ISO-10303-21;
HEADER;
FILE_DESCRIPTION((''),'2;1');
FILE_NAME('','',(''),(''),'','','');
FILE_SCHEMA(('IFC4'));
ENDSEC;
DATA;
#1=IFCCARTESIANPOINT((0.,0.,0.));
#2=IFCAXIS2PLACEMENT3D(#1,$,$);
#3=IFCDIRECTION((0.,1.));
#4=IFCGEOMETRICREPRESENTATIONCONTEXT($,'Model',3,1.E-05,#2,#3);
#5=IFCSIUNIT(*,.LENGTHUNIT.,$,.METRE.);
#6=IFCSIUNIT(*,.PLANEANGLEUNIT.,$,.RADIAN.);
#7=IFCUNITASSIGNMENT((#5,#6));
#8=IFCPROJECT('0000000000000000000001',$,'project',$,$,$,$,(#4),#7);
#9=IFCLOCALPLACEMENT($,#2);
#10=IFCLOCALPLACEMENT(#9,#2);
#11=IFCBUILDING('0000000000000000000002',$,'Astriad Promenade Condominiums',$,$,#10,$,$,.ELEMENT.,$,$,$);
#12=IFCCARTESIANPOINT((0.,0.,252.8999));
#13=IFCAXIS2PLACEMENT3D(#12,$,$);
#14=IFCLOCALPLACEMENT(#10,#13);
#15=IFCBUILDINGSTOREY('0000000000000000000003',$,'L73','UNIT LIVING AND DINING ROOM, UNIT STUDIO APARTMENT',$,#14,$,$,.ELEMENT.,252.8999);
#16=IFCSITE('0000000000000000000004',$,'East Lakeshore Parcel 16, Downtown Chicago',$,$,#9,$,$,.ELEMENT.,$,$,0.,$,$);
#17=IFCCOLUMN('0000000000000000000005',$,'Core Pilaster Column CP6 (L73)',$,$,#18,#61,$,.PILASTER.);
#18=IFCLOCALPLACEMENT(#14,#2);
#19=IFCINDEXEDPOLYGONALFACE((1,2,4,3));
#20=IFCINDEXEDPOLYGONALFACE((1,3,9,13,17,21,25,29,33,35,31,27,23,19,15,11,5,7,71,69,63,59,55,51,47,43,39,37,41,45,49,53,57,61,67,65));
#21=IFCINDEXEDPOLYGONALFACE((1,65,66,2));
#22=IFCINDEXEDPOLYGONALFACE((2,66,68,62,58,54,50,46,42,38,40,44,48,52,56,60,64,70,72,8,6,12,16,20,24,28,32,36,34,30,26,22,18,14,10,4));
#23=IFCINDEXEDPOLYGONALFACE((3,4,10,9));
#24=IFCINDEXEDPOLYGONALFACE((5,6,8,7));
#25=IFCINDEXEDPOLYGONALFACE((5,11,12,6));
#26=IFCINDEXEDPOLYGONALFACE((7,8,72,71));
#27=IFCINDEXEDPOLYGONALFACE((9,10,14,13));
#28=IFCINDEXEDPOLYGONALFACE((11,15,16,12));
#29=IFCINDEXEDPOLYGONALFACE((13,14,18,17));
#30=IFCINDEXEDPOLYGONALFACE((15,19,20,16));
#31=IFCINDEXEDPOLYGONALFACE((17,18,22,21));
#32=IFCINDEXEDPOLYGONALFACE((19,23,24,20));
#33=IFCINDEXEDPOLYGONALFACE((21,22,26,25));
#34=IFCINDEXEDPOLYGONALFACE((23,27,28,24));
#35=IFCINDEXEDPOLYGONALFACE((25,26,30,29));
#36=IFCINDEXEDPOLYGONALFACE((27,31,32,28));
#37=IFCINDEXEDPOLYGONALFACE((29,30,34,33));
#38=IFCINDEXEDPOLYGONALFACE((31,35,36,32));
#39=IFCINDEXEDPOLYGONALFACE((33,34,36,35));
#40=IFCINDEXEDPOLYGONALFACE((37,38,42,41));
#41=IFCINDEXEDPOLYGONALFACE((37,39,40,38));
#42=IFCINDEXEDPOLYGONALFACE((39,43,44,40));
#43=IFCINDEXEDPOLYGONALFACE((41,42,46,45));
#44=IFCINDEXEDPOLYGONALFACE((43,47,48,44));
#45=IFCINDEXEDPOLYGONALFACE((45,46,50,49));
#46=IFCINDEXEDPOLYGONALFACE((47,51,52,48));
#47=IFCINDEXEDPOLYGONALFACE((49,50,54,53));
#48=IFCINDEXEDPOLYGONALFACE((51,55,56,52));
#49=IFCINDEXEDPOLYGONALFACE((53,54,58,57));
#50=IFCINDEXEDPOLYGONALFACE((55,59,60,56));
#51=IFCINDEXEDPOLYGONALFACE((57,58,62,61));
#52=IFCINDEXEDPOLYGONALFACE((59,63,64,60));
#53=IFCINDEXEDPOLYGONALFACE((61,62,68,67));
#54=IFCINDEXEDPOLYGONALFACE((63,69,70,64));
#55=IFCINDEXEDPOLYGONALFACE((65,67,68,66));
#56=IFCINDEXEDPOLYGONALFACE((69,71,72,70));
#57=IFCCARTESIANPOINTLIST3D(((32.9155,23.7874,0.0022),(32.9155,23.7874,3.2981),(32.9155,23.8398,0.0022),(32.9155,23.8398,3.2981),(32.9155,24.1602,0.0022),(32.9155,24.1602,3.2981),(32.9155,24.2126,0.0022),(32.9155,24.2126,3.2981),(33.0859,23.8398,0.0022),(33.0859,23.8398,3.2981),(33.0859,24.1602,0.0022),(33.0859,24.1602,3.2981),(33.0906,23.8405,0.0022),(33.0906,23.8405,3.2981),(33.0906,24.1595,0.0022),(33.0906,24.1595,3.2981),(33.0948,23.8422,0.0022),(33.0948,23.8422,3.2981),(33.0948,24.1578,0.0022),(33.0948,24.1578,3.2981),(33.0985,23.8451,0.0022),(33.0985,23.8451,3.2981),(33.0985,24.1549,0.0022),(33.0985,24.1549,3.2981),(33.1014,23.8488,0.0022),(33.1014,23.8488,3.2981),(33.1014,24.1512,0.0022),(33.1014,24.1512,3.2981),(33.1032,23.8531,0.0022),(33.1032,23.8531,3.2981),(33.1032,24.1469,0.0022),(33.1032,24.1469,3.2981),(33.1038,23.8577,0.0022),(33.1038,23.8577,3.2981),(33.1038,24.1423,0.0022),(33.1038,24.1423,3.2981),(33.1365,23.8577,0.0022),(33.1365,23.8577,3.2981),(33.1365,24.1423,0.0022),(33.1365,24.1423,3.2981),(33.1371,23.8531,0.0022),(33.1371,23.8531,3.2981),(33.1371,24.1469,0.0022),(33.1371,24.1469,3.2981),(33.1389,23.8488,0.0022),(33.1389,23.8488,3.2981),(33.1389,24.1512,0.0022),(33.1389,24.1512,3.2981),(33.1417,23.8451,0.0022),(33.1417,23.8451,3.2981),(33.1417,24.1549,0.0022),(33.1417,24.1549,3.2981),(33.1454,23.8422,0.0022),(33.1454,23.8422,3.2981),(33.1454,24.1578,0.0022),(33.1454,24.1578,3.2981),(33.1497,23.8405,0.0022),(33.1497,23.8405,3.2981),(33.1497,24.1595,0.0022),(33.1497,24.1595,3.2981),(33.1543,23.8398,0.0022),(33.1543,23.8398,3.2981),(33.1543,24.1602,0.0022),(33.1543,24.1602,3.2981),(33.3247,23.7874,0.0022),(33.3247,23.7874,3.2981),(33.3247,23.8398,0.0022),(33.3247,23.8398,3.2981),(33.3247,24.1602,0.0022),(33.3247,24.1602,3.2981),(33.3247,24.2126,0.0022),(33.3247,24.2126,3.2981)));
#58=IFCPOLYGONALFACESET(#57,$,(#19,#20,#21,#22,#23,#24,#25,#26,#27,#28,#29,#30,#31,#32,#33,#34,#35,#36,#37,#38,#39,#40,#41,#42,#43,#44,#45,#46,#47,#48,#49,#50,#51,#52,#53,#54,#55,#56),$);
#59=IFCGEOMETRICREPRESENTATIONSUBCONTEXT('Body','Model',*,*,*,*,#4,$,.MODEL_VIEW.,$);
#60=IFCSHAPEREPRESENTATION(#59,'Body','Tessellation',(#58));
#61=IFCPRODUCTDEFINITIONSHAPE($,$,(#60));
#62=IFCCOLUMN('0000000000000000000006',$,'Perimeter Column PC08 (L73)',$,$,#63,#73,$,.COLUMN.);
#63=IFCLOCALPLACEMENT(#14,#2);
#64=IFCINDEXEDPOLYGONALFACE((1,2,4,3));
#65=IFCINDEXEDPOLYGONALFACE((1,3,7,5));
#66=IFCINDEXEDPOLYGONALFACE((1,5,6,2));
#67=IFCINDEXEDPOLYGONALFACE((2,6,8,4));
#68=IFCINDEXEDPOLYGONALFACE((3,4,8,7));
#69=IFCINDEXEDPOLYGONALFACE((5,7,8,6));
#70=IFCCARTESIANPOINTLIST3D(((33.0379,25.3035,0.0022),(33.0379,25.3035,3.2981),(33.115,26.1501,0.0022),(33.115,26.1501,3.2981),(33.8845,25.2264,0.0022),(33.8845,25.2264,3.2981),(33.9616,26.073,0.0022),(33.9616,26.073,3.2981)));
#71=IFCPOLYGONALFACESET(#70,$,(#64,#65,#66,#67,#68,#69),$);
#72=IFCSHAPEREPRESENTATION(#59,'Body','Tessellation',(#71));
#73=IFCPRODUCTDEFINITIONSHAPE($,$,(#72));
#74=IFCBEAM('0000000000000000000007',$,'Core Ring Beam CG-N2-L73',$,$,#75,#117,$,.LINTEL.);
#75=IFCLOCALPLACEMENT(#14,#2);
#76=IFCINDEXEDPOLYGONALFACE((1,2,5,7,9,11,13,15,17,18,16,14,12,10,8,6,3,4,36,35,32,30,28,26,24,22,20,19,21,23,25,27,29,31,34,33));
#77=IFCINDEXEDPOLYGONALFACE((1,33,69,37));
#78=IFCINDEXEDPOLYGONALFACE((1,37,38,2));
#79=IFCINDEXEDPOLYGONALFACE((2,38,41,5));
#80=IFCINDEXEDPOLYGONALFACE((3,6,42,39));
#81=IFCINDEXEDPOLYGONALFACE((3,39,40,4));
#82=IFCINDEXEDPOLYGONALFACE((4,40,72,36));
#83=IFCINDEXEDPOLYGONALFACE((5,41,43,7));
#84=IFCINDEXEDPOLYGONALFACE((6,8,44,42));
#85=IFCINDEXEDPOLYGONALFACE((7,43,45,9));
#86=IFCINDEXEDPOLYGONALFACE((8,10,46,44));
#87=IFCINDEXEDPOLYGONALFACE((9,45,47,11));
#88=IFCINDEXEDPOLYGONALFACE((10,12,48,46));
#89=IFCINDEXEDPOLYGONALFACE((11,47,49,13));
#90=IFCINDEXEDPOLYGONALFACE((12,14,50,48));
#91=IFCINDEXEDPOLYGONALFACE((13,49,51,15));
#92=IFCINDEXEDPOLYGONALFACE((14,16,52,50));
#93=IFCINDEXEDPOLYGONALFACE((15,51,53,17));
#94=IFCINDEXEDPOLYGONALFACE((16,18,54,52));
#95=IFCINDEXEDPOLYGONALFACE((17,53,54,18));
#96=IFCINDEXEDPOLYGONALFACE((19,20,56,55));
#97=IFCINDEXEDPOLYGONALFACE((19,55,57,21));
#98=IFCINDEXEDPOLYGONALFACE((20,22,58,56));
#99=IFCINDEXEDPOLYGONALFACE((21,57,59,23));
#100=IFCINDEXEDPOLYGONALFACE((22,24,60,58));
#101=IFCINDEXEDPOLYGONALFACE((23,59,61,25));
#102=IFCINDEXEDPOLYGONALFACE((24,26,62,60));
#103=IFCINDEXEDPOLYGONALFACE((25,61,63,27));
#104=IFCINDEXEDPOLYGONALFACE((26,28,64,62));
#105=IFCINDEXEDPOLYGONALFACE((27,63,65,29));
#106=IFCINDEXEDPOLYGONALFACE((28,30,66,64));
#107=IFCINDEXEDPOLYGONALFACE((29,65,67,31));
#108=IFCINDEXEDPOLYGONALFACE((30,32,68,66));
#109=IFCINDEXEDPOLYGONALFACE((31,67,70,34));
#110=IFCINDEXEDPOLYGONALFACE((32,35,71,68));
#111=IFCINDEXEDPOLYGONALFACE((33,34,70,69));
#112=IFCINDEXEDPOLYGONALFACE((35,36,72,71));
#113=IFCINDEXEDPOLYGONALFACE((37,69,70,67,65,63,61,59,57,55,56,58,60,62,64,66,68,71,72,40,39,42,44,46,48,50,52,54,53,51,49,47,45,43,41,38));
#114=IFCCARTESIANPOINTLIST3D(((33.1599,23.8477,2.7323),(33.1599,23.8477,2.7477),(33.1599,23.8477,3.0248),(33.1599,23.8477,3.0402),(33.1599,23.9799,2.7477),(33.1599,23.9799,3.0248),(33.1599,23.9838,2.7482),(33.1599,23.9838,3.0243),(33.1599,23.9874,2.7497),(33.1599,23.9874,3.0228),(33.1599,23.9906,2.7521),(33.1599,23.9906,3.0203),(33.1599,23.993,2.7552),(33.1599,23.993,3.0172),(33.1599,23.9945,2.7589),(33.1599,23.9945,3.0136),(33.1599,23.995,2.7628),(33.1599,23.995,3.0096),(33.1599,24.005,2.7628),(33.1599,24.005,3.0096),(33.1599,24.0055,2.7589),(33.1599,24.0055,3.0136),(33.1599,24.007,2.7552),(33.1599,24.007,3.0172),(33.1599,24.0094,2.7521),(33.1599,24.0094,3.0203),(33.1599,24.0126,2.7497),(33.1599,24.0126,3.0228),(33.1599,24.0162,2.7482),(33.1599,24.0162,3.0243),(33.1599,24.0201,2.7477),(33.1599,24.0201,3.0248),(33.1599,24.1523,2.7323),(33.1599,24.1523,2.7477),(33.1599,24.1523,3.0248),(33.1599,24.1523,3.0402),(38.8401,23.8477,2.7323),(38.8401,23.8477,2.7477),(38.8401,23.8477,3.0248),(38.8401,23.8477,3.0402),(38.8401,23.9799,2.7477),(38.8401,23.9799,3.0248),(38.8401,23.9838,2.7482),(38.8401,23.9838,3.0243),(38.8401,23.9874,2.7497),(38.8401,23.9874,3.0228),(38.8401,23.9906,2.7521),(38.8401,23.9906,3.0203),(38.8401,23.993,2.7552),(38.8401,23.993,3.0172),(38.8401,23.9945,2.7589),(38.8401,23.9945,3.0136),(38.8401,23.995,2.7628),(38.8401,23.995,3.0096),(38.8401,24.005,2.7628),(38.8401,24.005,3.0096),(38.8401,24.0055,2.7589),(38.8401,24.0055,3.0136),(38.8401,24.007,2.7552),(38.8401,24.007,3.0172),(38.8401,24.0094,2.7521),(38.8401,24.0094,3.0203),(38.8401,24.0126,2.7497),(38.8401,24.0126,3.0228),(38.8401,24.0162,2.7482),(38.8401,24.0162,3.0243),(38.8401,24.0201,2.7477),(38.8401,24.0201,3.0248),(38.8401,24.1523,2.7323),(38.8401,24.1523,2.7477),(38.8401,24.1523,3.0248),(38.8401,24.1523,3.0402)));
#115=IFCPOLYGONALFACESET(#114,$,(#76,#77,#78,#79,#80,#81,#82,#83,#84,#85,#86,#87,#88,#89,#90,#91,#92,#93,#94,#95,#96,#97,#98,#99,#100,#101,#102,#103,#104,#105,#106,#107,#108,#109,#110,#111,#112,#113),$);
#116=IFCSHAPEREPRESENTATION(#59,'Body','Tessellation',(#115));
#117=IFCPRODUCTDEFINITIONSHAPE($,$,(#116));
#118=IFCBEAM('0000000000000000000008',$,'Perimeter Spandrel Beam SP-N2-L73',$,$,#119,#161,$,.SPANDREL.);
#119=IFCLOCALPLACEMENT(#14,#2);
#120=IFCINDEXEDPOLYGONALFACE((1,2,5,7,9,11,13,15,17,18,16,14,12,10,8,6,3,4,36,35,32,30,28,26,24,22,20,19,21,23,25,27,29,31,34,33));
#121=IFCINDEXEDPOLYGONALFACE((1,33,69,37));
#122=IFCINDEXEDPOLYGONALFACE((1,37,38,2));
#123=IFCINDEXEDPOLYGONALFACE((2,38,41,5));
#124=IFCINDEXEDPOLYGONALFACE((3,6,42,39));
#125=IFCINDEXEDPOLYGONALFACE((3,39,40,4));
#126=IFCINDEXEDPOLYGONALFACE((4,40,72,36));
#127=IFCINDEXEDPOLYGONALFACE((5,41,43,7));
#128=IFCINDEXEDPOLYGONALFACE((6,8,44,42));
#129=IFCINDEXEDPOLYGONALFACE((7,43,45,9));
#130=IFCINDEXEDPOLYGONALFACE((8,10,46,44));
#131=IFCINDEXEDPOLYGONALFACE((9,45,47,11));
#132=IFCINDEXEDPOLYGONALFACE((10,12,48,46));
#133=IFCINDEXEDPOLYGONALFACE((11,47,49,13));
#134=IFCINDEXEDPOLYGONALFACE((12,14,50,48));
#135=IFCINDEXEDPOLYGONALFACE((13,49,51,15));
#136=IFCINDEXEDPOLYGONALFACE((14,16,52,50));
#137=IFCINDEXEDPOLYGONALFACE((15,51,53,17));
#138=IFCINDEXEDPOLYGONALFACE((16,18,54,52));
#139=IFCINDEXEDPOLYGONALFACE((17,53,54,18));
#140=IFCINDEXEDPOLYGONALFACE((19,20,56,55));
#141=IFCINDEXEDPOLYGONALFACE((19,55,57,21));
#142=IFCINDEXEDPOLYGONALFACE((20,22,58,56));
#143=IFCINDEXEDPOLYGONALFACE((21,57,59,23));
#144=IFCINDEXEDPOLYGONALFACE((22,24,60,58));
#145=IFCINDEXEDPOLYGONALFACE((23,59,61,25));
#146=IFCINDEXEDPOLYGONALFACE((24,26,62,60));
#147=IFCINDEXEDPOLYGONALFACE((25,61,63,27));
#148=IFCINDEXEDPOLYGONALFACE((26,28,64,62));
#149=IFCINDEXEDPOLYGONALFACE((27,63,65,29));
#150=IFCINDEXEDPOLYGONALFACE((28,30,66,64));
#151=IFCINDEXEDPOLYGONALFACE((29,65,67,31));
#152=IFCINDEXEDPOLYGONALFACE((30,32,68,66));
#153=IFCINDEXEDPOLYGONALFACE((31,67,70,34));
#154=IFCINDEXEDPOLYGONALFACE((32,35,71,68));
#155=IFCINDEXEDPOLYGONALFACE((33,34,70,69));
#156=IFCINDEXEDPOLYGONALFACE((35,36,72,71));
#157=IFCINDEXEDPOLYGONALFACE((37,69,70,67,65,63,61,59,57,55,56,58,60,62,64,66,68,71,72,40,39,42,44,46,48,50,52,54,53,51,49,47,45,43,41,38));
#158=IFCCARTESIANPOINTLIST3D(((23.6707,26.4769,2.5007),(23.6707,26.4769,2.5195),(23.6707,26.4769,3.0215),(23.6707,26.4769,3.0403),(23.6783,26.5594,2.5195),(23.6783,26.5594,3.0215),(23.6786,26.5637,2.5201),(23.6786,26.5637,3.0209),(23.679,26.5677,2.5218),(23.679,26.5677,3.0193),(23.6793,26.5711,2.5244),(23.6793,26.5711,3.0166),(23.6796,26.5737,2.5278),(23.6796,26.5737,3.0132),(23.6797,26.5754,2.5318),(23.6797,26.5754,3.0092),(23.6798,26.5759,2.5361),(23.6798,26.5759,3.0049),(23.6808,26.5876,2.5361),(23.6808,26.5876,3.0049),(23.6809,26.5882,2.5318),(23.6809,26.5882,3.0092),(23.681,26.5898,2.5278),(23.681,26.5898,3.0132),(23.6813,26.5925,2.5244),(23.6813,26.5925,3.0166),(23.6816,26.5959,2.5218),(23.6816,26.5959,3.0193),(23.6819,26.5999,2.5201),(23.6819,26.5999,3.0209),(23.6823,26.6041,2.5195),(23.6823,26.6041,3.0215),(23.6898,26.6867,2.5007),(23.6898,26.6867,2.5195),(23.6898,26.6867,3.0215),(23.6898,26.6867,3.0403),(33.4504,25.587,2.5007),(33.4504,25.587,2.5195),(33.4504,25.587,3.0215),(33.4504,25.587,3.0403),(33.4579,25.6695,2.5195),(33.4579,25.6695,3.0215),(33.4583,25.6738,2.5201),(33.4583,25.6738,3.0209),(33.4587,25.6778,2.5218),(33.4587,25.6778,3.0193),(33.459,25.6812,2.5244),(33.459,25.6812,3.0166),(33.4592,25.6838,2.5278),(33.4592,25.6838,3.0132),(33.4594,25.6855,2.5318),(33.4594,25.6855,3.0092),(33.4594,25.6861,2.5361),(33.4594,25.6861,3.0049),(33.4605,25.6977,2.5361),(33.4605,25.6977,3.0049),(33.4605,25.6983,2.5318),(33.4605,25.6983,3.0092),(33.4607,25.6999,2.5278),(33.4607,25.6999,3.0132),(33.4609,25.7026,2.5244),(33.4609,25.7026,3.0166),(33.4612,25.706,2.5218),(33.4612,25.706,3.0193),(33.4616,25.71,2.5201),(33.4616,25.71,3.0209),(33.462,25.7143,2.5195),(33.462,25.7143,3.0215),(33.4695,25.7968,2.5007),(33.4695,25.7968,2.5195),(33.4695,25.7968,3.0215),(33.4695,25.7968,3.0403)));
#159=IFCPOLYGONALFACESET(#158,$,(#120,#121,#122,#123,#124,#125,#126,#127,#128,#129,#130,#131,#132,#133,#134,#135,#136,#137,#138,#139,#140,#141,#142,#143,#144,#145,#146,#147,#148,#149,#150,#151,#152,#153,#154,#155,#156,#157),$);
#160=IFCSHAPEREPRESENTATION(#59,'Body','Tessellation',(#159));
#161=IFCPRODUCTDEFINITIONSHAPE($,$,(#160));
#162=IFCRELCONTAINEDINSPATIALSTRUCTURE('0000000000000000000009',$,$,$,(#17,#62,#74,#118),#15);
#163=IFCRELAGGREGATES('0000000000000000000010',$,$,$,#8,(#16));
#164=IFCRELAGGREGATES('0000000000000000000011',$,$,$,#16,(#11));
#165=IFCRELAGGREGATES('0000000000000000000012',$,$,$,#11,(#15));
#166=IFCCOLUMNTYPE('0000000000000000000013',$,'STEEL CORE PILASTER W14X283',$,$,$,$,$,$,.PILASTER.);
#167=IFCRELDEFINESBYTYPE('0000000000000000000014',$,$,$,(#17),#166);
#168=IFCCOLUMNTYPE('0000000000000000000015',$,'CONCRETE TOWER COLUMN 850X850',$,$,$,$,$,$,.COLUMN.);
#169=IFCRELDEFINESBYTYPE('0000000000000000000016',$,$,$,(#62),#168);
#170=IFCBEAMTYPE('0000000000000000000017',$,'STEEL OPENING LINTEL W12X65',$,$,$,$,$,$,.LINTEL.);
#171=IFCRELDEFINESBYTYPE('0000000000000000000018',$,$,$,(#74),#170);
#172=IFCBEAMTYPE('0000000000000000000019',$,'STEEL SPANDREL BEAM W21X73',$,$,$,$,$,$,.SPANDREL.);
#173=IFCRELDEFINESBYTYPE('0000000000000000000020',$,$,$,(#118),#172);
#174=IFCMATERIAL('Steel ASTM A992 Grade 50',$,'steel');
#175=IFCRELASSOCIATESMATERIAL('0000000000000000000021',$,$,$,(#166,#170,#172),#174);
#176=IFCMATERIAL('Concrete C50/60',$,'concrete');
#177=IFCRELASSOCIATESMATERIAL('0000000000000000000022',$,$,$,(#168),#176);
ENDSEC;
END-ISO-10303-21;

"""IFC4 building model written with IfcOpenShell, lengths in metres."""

from ifc_helpers import new_model, si_unit, direction, frame, origin, origin_2d, place, context, subcontext, project, spatial, rectangle, i_section, extrude, source, transform, mapped, material, material_profile, profile_set, type_object, type_shapes, element, save


model = new_model("IFC4")

# Units and contexts
model_context = context("Model", 3, precision=1e-05, world=origin(), true_north=direction((0.0, 1.0)))
body_context = subcontext(model_context, "Body", "Model", "MODEL_VIEW")
ifc_project = project(units=[si_unit("LENGTHUNIT", "METRE"), si_unit("PLANEANGLEUNIT", "RADIAN")], contexts=[model_context])

# Site, building, storey
site_placement = place(None, origin())
site = spatial("IfcSite", under=ifc_project, at=site_placement, Name="East Lakeshore Parcel 16, Downtown Chicago", CompositionType="ELEMENT", RefElevation=0.0)
building_placement = place(site_placement, origin())
building = spatial("IfcBuilding", under=site, at=building_placement, Name="Astriad Promenade Condominiums", CompositionType="ELEMENT")
storey_placement = place(building_placement, frame((0.0, 0.0, 252.8999)))
storey = spatial("IfcBuildingStorey", under=building, at=storey_placement, Name="L73", Description="UNIT LIVING AND DINING ROOM, UNIT STUDIO APARTMENT", CompositionType="ELEMENT", Elevation=252.8999)

# Columns
ifc_material_1 = material(Name="Steel ASTM A992 Grade 50", Category="steel")
ifc_material_profile_1 = material_profile(ifc_material_1, i_section(OverallWidth=0.4092, OverallDepth=0.4253, WebThickness=0.0327, FlangeThickness=0.0525, FilletRadius=0.0178, at=origin_2d()), Name="W14X283")
ifc_profile_set_1 = profile_set([ifc_material_profile_1], Name="Steel ASTM A992 Grade 50")
column_type_1 = type_object("IfcColumnType", Name="STEEL CORE PILASTER W14X283", PredefinedType="PILASTER", material=ifc_profile_set_1)
shared_shape_1 = source(origin(), body_context, "Body", "SweptSolid", [
    extrude(i_section(OverallWidth=0.4092, OverallDepth=0.4253, WebThickness=0.0327, FlangeThickness=0.0525, FilletRadius=0.0178, at=origin_2d()), origin(), (0.0, 0.0, 1.0), 3.2959),
])
type_shapes(column_type_1, [shared_shape_1])
column_1_placement = place(storey_placement, frame((33.1201, 24.0, 0.0022), z_axis=(0.0, 0.0, 1.0), x_axis=(1.0, 0.0, 0.0)))
element("IfcColumn", 1, at=column_1_placement, inside=storey, type_object=column_type_1, Name="Core Pilaster Column CP6 (L73)", PredefinedType="PILASTER", context=body_context, shape_type="MappedRepresentation", body=[
    mapped(shared_shape_1, transform((0.0, 0.0, 0.0), scale=1.0)),
])
ifc_material_2 = material(Name="Concrete C50/60", Category="concrete")
ifc_material_profile_2 = material_profile(ifc_material_2, rectangle(XDim=0.8501, YDim=0.8501, at=origin_2d()), Name="RC-COL-850X850")
ifc_profile_set_2 = profile_set([ifc_material_profile_2], Name="Concrete C50/60")
column_type_2 = type_object("IfcColumnType", Name="CONCRETE TOWER COLUMN 850X850", PredefinedType="COLUMN", material=ifc_profile_set_2)
shared_shape_2 = source(origin(), body_context, "Body", "SweptSolid", [
    extrude(rectangle(XDim=0.8501, YDim=0.8501, at=origin_2d()), origin(), (0.0, 0.0, 1.0), 3.2959),
])
type_shapes(column_type_2, [shared_shape_2])
column_2_placement = place(storey_placement, frame((33.4998, 25.6882, 0.0022), z_axis=(0.0, 0.0, 1.0), x_axis=(0.995884, -0.090633, 0.0)))
element("IfcColumn", 2, at=column_2_placement, inside=storey, type_object=column_type_2, Name="Perimeter Column PC08 (L73)", PredefinedType="COLUMN", context=body_context, shape_type="MappedRepresentation", body=[
    mapped(shared_shape_2, transform((0.0, 0.0, 0.0), scale=1.0)),
])

# Beams
ifc_material_profile_3 = material_profile(ifc_material_1, i_section(OverallWidth=0.3047, OverallDepth=0.3079, WebThickness=0.01, FlangeThickness=0.0154, FilletRadius=0.0151, at=origin_2d()), Name="W12X65")
ifc_profile_set_3 = profile_set([ifc_material_profile_3], Name="Steel ASTM A992 Grade 50")
beam_type_1 = type_object("IfcBeamType", Name="STEEL OPENING LINTEL W12X65", PredefinedType="LINTEL", material=ifc_profile_set_3)
shared_shape_3 = source(origin(), body_context, "Body", "SweptSolid", [
    extrude(i_section(OverallWidth=0.3047, OverallDepth=0.3079, WebThickness=0.01, FlangeThickness=0.0154, FilletRadius=0.0151, at=origin_2d()), origin(), (0.0, 0.0, 1.0), 5.6802),
])
type_shapes(beam_type_1, [shared_shape_3])
beam_1_placement = place(storey_placement, frame((33.1599, 24.0, 2.8862), z_axis=(1.0, 0.0, 0.0), x_axis=(0.0, 1.0, 0.0)))
element("IfcBeam", 3, at=beam_1_placement, inside=storey, type_object=beam_type_1, Name="Core Ring Beam CG-N2-L73", PredefinedType="LINTEL", context=body_context, shape_type="MappedRepresentation", body=[
    mapped(shared_shape_3, transform((0.0, 0.0, 0.0), scale=1.0)),
])
ifc_material_profile_4 = material_profile(ifc_material_1, i_section(OverallWidth=0.2107, OverallDepth=0.5396, WebThickness=0.0117, FlangeThickness=0.0188, FilletRadius=0.0166, at=origin_2d()), Name="W21X73")
ifc_profile_set_4 = profile_set([ifc_material_profile_4], Name="Steel ASTM A992 Grade 50")
beam_type_2 = type_object("IfcBeamType", Name="STEEL SPANDREL BEAM W21X73", PredefinedType="SPANDREL", material=ifc_profile_set_4)
shared_shape_4 = source(origin(), body_context, "Body", "SweptSolid", [
    extrude(i_section(OverallWidth=0.2107, OverallDepth=0.5396, WebThickness=0.0117, FlangeThickness=0.0188, FilletRadius=0.0166, at=origin_2d()), origin(), (0.0, 0.0, 1.0), 9.8201),
])
type_shapes(beam_type_2, [shared_shape_4])
beam_2_placement = place(storey_placement, frame((33.46, 25.6919, 2.7705), z_axis=(-0.995886, 0.090619, 0.0), x_axis=(-0.090619, -0.995886, 0.0)))
element("IfcBeam", 4, at=beam_2_placement, inside=storey, type_object=beam_type_2, Name="Perimeter Spandrel Beam SP-N2-L73", PredefinedType="SPANDREL", context=body_context, shape_type="MappedRepresentation", body=[
    mapped(shared_shape_4, transform((0.0, 0.0, 0.0), scale=1.0)),
])

save(model, "model.ifc")
